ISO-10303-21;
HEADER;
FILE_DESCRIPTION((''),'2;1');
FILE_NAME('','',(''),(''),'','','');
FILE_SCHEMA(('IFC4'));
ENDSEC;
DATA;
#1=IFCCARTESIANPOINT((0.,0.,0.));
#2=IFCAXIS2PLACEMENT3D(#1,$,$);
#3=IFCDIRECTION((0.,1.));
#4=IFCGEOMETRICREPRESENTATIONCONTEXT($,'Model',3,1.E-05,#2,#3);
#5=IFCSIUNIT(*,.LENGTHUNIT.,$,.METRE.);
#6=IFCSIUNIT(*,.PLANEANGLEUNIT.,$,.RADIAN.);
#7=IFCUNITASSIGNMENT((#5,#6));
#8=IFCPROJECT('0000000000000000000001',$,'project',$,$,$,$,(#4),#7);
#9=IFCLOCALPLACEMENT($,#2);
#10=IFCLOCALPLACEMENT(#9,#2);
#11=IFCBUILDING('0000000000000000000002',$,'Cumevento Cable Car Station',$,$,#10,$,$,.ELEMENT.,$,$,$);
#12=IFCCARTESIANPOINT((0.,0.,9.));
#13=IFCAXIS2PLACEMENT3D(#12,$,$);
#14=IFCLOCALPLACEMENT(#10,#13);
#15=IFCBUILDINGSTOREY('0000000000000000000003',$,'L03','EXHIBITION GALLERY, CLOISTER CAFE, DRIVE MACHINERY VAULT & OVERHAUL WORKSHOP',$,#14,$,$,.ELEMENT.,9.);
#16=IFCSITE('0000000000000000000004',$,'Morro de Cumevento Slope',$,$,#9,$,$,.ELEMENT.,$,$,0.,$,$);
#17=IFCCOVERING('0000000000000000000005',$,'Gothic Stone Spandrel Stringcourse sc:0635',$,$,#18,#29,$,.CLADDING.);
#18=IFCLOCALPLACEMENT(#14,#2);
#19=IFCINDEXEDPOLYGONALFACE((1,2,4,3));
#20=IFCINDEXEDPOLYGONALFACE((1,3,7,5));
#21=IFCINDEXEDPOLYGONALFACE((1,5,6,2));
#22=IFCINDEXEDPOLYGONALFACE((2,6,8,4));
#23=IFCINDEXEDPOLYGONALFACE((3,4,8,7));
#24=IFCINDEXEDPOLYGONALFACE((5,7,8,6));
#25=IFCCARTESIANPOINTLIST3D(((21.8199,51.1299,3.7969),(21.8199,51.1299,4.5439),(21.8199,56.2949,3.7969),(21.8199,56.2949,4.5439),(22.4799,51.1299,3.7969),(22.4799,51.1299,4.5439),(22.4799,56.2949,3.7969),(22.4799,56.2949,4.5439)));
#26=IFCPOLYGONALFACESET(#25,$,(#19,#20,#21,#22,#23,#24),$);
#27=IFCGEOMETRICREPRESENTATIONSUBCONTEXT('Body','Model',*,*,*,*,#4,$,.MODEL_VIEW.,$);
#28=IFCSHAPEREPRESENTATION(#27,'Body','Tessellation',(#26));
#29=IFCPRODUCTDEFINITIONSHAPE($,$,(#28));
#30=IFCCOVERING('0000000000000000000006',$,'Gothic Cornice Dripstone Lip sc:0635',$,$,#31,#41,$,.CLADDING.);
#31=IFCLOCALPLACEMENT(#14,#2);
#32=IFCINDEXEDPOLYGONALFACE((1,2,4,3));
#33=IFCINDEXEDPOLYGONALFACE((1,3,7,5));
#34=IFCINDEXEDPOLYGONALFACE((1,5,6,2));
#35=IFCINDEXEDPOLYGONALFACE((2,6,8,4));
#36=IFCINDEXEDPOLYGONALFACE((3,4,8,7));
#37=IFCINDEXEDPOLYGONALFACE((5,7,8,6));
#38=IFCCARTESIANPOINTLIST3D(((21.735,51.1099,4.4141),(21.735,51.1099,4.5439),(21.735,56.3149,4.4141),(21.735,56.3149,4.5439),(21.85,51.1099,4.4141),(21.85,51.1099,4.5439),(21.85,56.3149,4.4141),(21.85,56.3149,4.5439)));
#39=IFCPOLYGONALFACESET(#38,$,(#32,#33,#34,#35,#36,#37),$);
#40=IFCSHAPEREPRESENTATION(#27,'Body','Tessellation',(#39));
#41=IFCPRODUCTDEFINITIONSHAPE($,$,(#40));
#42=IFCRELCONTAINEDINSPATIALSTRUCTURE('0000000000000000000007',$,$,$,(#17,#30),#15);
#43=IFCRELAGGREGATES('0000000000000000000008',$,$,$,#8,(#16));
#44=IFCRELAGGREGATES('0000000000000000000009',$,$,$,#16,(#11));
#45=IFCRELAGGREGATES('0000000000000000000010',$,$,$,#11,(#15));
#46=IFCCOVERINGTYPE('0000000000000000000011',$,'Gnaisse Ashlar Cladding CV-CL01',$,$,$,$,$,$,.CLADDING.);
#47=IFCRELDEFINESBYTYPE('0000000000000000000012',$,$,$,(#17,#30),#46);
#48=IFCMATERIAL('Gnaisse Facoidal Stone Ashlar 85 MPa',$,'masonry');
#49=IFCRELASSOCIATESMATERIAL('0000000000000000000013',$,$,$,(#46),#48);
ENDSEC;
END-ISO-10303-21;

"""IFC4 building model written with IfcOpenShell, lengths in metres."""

from ifc_helpers import new_model, si_unit, direction, frame, origin, origin_2d, place, context, subcontext, project, spatial, rectangle, extrude, material, type_object, element, save


model = new_model("IFC4")

# Units and contexts
model_context = context("Model", 3, precision=1e-05, world=origin(), true_north=direction((0.0, 1.0)))
body_context = subcontext(model_context, "Body", "Model", "MODEL_VIEW")
ifc_project = project(units=[si_unit("LENGTHUNIT", "METRE"), si_unit("PLANEANGLEUNIT", "RADIAN")], contexts=[model_context])

# Site, building, storey
site_placement = place(None, origin())
site = spatial("IfcSite", under=ifc_project, at=site_placement, Name="Morro de Cumevento Slope", CompositionType="ELEMENT", RefElevation=0.0)
building_placement = place(site_placement, origin())
building = spatial("IfcBuilding", under=site, at=building_placement, Name="Cumevento Cable Car Station", CompositionType="ELEMENT")
storey_placement = place(building_placement, frame((0.0, 0.0, 9.0)))
storey = spatial("IfcBuildingStorey", under=building, at=storey_placement, Name="L03", Description="EXHIBITION GALLERY, CLOISTER CAFE, DRIVE MACHINERY VAULT & OVERHAUL WORKSHOP", CompositionType="ELEMENT", Elevation=9.0)

# Coverings
ifc_material_1 = material(Name="Gnaisse Facoidal Stone Ashlar 85 MPa", Category="masonry")
covering_type = type_object("IfcCoveringType", Name="Gnaisse Ashlar Cladding CV-CL01", PredefinedType="CLADDING", material=ifc_material_1)
covering_1_placement = place(storey_placement, frame((22.1499, 53.7124, 3.7969), z_axis=(0.0, 0.0, 1.0), x_axis=(0.0, 1.0, 0.0)))
element("IfcCovering", 1, at=covering_1_placement, inside=storey, type_object=covering_type, Name="Gothic Stone Spandrel Stringcourse sc:0635", PredefinedType="CLADDING", context=body_context, shape_type="SweptSolid", body=[
    extrude(rectangle(XDim=5.165, YDim=0.6599, at=origin_2d()), origin(), (0.0, 0.0, 1.0), 0.7471),
])
covering_2_placement = place(storey_placement, frame((21.7925, 53.7124, 4.4141), z_axis=(0.0, 0.0, 1.0), x_axis=(0.0, 1.0, 0.0)))
element("IfcCovering", 2, at=covering_2_placement, inside=storey, type_object=covering_type, Name="Gothic Cornice Dripstone Lip sc:0635", PredefinedType="CLADDING", context=body_context, shape_type="SweptSolid", body=[
    extrude(rectangle(XDim=5.2051, YDim=0.115, at=origin_2d()), origin(), (0.0, 0.0, 1.0), 0.1299),
])

save(model, "model.ifc")
